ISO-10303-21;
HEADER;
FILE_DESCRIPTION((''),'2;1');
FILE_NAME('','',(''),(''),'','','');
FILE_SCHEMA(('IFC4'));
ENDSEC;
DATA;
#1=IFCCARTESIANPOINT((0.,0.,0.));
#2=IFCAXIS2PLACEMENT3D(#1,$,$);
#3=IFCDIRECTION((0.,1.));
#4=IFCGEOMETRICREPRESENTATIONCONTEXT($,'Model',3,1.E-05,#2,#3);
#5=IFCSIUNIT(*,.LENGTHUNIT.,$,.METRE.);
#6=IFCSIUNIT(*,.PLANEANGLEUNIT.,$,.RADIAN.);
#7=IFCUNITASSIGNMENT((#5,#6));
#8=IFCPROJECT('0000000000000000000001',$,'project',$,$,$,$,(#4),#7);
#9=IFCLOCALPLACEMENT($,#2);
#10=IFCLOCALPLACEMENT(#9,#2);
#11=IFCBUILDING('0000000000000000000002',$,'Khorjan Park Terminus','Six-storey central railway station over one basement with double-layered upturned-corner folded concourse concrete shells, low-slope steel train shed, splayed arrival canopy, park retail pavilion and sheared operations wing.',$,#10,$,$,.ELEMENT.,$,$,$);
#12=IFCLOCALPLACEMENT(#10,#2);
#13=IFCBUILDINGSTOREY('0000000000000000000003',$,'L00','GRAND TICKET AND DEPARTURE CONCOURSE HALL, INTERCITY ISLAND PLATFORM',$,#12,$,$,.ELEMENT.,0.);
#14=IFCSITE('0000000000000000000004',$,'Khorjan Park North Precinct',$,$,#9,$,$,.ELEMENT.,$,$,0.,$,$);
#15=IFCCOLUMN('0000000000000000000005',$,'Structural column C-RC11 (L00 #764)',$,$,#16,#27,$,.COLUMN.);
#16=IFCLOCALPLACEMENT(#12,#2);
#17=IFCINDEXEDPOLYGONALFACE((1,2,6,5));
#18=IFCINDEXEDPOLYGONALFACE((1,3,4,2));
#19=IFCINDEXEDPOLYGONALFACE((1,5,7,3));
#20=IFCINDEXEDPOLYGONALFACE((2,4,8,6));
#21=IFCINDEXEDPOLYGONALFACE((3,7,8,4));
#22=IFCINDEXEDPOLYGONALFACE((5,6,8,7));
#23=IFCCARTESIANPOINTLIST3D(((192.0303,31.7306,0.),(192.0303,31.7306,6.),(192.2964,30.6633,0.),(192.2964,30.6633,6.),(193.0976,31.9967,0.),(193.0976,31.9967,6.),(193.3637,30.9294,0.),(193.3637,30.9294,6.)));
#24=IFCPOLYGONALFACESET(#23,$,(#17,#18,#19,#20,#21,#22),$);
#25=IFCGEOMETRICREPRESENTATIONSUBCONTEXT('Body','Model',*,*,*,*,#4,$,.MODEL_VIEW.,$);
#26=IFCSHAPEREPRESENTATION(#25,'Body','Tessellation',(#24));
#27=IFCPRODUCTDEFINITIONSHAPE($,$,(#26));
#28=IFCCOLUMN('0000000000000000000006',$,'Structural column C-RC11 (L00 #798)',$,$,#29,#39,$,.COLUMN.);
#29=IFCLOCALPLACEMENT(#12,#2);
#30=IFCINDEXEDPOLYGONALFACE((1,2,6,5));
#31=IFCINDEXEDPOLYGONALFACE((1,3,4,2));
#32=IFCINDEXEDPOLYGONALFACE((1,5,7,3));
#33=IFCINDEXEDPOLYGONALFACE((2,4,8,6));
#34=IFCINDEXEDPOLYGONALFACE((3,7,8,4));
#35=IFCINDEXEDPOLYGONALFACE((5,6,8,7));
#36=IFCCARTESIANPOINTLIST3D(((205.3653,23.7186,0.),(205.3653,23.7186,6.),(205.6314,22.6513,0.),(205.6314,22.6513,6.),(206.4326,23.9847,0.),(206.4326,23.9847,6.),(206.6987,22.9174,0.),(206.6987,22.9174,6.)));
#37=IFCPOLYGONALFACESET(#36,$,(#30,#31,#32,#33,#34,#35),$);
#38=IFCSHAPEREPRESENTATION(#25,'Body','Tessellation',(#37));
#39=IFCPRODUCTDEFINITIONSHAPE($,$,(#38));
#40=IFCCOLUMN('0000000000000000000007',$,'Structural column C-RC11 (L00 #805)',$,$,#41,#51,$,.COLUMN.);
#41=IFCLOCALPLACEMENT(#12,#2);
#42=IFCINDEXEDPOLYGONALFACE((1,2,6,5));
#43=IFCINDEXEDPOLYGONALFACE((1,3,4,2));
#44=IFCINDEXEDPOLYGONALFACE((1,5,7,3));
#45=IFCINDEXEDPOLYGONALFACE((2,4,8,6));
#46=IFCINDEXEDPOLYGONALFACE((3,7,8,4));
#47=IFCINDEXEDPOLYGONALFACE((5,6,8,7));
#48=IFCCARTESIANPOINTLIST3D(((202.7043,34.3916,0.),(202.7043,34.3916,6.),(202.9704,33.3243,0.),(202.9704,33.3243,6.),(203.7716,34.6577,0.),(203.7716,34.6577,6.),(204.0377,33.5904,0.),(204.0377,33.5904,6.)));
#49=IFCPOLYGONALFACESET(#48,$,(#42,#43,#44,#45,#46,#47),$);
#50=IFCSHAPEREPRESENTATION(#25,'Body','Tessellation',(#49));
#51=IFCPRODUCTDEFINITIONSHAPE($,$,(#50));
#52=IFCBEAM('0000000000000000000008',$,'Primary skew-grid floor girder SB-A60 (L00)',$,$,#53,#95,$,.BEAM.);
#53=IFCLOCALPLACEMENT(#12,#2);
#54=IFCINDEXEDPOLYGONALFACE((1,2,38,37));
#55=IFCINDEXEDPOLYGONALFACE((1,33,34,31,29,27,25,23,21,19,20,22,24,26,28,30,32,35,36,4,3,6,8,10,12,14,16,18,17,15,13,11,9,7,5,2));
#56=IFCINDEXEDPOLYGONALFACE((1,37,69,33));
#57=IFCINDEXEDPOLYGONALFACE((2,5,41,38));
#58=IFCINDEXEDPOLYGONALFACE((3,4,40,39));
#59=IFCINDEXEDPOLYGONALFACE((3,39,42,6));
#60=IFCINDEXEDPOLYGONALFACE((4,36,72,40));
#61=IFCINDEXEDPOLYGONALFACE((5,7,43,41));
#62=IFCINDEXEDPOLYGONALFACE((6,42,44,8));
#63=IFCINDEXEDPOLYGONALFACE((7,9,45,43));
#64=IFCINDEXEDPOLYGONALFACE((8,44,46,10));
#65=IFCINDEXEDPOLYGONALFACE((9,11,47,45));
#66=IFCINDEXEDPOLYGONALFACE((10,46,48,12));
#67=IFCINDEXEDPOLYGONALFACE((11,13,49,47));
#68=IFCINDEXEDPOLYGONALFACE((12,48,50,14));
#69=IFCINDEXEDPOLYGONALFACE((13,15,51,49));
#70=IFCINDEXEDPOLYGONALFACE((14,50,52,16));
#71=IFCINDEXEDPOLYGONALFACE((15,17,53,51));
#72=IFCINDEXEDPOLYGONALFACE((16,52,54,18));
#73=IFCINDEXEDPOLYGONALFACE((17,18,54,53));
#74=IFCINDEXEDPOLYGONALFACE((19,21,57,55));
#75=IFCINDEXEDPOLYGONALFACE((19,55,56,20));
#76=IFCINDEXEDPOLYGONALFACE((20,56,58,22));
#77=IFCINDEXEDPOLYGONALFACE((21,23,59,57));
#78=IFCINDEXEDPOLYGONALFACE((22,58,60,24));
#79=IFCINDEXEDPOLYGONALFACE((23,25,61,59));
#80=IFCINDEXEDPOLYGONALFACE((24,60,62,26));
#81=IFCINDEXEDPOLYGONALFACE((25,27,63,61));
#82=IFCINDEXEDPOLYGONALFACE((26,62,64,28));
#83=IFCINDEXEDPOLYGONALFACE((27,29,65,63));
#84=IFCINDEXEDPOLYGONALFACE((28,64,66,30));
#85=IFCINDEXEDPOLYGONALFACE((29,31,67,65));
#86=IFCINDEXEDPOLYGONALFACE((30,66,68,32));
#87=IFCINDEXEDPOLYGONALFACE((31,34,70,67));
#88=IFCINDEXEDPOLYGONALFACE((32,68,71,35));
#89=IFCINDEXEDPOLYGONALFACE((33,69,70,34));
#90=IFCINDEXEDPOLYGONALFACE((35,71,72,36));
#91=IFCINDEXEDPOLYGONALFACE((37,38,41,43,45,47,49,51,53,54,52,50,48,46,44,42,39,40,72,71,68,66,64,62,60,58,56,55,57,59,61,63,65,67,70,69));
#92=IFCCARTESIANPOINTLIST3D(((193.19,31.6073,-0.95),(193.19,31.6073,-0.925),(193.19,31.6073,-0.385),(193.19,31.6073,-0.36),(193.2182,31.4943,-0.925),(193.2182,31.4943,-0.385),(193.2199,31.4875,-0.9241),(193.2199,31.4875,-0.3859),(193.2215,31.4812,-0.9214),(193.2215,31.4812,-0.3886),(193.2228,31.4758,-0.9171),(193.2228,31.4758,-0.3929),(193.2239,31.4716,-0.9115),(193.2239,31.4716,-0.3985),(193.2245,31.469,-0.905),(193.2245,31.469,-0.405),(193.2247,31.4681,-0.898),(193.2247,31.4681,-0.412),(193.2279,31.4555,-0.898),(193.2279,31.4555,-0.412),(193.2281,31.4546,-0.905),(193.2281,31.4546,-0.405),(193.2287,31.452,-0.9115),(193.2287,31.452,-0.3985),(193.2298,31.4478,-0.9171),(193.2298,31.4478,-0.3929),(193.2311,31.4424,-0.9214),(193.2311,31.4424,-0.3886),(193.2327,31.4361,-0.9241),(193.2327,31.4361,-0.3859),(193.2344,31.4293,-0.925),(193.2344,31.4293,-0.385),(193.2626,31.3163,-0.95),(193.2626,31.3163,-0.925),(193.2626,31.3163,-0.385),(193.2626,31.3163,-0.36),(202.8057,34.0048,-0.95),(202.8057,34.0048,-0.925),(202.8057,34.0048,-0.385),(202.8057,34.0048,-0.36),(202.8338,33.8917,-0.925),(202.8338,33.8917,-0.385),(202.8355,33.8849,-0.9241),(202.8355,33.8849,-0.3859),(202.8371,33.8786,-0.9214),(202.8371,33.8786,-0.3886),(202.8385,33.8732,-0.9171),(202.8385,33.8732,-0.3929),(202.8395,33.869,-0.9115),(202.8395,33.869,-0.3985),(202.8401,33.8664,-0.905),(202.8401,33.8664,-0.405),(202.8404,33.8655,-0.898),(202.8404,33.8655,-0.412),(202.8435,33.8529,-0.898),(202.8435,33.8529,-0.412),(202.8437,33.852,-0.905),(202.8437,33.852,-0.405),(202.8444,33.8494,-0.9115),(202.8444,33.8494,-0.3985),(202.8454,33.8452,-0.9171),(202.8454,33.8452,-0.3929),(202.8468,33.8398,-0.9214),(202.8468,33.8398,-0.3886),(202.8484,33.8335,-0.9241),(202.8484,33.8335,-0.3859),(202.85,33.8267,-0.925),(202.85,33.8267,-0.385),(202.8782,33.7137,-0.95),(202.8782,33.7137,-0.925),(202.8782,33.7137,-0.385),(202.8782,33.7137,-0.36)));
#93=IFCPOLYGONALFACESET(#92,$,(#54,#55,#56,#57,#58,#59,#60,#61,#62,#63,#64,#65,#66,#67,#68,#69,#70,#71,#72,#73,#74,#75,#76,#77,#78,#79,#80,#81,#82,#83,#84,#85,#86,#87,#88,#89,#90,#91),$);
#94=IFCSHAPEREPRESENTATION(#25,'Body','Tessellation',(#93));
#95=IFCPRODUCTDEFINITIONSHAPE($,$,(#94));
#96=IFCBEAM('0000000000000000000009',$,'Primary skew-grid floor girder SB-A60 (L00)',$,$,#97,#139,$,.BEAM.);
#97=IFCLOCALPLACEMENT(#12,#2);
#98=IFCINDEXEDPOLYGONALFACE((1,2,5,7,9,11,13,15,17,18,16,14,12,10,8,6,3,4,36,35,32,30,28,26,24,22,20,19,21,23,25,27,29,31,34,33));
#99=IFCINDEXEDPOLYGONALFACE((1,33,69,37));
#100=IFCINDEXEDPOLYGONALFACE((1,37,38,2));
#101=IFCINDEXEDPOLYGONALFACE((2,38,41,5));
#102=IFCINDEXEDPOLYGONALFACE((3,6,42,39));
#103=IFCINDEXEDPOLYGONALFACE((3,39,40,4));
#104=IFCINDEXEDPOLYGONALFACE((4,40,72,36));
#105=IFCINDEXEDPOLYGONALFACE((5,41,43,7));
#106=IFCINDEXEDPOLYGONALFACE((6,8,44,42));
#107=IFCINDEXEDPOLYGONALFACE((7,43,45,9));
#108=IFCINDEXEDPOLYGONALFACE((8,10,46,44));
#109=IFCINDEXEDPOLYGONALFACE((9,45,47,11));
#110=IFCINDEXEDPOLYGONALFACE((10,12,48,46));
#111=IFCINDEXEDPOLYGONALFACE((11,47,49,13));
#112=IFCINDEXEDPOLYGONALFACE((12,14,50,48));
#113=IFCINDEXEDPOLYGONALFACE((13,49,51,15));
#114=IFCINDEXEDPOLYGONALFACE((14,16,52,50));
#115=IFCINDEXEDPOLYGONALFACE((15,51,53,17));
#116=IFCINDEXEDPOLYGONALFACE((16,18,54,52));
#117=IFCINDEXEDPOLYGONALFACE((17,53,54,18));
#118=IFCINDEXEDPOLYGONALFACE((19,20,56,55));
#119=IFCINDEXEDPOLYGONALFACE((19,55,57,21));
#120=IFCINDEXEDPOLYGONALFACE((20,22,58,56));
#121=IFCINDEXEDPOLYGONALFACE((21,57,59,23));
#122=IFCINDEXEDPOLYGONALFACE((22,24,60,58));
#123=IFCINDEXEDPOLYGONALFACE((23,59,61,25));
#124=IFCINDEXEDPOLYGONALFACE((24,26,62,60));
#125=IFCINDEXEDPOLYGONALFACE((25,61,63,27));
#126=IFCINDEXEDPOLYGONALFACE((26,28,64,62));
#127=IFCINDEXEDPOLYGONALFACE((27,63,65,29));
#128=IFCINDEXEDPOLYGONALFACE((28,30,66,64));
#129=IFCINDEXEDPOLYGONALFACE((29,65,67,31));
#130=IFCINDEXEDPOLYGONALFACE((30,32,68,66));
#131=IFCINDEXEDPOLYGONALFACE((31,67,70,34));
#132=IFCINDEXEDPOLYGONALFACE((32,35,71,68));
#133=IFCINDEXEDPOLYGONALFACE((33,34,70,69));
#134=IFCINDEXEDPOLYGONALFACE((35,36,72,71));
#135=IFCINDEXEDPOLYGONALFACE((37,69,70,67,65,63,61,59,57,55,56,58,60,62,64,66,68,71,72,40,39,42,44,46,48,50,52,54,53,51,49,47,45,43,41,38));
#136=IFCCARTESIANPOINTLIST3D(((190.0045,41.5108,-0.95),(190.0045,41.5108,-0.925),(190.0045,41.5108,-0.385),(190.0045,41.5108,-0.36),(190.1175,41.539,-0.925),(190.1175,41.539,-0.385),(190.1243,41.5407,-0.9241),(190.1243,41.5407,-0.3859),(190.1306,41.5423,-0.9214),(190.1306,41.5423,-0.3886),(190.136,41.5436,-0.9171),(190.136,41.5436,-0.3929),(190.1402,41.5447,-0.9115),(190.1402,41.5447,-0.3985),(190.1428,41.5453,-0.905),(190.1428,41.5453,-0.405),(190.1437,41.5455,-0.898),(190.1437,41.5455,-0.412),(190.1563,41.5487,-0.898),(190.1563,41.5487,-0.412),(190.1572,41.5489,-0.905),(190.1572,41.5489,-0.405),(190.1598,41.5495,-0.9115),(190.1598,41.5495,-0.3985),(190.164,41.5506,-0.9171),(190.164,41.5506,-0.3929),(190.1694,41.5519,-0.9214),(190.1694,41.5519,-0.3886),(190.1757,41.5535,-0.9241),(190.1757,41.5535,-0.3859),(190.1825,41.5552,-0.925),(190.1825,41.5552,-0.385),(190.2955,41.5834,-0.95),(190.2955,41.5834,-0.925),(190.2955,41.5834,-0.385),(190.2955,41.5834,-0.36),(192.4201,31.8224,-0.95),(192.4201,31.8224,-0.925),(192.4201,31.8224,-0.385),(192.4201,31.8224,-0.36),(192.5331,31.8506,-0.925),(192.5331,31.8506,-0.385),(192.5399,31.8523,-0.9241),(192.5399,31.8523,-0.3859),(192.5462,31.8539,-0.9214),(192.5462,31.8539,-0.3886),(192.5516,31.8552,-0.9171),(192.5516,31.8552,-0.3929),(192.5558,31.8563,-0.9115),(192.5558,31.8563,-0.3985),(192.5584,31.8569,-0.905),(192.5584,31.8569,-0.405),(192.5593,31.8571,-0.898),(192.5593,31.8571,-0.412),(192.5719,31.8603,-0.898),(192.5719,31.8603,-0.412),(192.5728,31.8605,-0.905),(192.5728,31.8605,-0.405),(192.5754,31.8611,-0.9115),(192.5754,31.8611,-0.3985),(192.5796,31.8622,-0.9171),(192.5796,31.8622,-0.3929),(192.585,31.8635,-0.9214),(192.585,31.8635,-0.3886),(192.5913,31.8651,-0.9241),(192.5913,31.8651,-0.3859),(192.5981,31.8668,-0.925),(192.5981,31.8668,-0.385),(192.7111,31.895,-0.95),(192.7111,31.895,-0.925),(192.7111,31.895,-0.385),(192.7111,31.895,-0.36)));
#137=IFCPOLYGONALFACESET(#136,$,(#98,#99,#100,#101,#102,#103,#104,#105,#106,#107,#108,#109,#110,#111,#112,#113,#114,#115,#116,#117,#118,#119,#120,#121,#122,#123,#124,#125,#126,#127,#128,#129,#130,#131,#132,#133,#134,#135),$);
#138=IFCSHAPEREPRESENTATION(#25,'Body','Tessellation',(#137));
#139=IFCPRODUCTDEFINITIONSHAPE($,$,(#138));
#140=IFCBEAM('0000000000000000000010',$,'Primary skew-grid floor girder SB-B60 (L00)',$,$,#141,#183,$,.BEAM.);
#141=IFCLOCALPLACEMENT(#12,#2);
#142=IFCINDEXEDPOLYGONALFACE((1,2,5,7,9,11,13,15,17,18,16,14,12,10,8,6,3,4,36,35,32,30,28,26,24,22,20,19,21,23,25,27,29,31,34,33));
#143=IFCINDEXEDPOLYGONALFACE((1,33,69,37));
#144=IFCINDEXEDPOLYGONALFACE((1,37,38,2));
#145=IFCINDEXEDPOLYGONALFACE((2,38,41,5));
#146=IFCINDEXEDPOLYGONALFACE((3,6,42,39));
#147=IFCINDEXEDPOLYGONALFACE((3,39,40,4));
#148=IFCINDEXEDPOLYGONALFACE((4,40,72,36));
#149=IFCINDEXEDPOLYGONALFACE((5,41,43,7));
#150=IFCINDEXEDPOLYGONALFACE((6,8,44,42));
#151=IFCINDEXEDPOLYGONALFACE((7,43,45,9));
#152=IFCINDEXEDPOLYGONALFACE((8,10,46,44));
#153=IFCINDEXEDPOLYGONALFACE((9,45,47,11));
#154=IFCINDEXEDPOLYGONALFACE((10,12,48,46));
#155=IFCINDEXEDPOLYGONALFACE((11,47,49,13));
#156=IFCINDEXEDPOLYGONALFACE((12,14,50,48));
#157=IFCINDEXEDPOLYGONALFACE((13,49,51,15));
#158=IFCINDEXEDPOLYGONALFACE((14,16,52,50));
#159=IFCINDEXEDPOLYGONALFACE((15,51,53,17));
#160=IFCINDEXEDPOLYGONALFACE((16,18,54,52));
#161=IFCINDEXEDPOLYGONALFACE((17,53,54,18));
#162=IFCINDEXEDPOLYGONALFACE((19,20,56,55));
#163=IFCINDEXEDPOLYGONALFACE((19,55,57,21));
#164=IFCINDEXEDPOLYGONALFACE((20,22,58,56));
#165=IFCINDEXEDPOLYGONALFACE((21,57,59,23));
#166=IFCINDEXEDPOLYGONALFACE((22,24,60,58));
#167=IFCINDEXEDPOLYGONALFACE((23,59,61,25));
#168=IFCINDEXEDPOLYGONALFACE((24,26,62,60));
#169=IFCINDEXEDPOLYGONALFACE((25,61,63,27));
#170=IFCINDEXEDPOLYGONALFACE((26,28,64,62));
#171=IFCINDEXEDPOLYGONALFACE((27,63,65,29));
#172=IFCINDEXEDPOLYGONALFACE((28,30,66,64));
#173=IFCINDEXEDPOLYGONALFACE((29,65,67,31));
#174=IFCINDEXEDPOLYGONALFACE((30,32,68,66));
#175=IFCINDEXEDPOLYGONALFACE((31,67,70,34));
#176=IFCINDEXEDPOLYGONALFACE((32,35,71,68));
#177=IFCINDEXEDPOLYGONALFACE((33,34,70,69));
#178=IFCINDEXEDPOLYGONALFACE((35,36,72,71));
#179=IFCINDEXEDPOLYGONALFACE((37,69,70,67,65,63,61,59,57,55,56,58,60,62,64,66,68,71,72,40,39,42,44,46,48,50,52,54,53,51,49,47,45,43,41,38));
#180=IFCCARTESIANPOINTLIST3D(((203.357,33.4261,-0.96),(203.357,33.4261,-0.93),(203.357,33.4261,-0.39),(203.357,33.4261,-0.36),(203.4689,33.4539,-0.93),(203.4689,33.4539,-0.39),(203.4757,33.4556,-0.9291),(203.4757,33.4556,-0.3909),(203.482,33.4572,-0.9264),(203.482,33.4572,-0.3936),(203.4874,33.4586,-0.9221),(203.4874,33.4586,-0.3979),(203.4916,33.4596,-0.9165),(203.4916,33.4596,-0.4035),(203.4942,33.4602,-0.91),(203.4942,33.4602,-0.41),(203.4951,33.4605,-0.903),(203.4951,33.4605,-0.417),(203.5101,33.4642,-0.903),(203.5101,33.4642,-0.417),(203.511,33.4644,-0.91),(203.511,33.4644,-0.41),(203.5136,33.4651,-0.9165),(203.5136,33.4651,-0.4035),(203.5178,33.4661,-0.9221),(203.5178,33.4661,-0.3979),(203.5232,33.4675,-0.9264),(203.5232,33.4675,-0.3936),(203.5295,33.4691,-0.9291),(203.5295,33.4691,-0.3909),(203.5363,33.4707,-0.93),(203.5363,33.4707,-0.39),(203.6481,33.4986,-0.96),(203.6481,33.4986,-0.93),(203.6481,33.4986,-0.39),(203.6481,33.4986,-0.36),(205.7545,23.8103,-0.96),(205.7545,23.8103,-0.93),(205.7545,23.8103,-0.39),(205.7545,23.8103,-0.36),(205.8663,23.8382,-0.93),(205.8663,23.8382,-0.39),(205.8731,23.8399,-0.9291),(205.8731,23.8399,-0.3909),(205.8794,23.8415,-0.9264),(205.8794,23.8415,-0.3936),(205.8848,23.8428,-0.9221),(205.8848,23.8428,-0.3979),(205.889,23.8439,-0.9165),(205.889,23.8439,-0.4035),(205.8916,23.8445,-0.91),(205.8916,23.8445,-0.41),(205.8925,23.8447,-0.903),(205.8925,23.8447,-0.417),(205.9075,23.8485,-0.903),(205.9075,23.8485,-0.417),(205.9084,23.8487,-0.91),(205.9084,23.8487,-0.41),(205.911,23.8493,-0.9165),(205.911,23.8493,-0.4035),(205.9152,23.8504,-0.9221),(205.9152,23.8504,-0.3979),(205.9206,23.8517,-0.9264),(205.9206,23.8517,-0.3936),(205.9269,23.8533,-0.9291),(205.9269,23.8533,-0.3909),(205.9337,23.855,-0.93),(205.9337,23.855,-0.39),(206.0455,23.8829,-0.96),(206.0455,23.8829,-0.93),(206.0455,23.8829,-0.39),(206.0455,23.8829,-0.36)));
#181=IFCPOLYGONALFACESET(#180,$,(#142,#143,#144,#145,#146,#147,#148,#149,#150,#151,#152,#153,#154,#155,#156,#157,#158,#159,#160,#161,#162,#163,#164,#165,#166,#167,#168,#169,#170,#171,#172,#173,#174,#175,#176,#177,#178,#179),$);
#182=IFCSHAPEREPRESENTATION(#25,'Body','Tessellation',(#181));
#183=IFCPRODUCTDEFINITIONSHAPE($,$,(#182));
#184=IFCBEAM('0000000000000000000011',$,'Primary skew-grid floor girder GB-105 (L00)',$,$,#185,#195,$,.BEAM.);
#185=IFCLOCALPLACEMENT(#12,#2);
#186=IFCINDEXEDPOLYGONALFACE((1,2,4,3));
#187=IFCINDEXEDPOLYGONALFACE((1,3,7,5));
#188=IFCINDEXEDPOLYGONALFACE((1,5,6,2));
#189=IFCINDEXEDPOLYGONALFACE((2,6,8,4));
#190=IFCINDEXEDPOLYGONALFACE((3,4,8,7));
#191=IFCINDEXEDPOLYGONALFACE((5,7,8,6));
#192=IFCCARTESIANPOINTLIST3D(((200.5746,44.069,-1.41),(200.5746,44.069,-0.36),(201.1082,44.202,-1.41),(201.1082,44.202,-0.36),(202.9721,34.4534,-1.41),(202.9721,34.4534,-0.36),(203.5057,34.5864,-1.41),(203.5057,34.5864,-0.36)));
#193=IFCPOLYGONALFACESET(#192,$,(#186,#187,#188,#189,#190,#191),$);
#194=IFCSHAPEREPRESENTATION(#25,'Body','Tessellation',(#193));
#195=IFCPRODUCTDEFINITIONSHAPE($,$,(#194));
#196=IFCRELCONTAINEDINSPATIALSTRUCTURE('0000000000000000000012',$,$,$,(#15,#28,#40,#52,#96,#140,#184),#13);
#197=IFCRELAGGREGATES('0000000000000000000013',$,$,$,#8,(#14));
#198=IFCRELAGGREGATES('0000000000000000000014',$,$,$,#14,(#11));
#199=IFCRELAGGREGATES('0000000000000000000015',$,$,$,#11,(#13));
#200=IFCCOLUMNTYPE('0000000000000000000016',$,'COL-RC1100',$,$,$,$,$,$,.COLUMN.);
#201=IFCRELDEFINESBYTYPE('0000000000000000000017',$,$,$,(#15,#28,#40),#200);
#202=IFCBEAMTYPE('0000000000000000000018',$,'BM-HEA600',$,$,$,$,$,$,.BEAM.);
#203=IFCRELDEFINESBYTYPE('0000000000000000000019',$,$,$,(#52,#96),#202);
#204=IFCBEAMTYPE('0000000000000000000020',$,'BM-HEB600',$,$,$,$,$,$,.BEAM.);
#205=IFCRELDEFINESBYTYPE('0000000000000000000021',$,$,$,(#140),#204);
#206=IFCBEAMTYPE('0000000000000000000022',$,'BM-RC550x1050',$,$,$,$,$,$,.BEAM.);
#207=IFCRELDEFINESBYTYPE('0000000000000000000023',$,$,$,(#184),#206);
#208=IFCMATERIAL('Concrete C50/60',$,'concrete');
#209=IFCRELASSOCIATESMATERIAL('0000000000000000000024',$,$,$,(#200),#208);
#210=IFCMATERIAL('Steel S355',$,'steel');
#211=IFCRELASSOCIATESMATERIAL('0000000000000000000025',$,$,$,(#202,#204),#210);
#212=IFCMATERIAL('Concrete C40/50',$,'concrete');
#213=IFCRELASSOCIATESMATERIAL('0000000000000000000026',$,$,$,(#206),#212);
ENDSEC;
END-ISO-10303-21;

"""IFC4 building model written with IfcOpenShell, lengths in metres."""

from ifc_helpers import new_model, si_unit, direction, frame, origin, origin_2d, place, context, subcontext, project, spatial, rectangle, i_section, extrude, material, material_profile, profile_set, type_object, element, save


model = new_model("IFC4")

# Units and contexts
model_context = context("Model", 3, precision=1e-05, world=origin(), true_north=direction((0.0, 1.0)))
body_context = subcontext(model_context, "Body", "Model", "MODEL_VIEW")
ifc_project = project(units=[si_unit("LENGTHUNIT", "METRE"), si_unit("PLANEANGLEUNIT", "RADIAN")], contexts=[model_context])

# Site, building, storey
site_placement = place(None, origin())
site = spatial("IfcSite", under=ifc_project, at=site_placement, Name="Khorjan Park North Precinct", CompositionType="ELEMENT", RefElevation=0.0)
building_placement = place(site_placement, origin())
building = spatial("IfcBuilding", under=site, at=building_placement, Name="Khorjan Park Terminus", Description="Six-storey central railway station over one basement with double-layered upturned-corner folded concourse concrete shells, low-slope steel train shed, splayed arrival canopy, park retail pavilion and sheared operations wing.", CompositionType="ELEMENT")
storey_placement = place(building_placement, origin())
storey = spatial("IfcBuildingStorey", under=building, at=storey_placement, Name="L00", Description="GRAND TICKET AND DEPARTURE CONCOURSE HALL, INTERCITY ISLAND PLATFORM", CompositionType="ELEMENT", Elevation=0.0)

# Columns
ifc_material_1 = material(Name="Concrete C50/60", Category="concrete")
ifc_material_profile_1 = material_profile(ifc_material_1, rectangle(XDim=1.1, YDim=1.1, at=origin_2d()), Name="RC 1100x1100")
ifc_profile_set_1 = profile_set([ifc_material_profile_1], Name="Concrete C50/60")
column_type = type_object("IfcColumnType", Name="COL-RC1100", PredefinedType="COLUMN", material=ifc_profile_set_1)
for number, where, z_axis, x_axis, name in (
    (1, (192.697, 31.33, 0.0), (0.0, 0.0, 1.0), (0.970296, 0.241922, 0.0), "Structural column C-RC11 (L00 #764)"),
    (2, (206.032, 23.318, 0.0), (0.0, 0.0, 1.0), (0.970296, 0.241922, 0.0), "Structural column C-RC11 (L00 #798)"),
    (3, (203.371, 33.991, 0.0), (0.0, 0.0, 1.0), (0.970296, 0.241922, 0.0), "Structural column C-RC11 (L00 #805)"),
):
    element("IfcColumn", number, at=place(storey_placement, frame(where, z_axis=z_axis, x_axis=x_axis)), inside=storey, type_object=column_type, Name=name, PredefinedType="COLUMN", context=body_context, shape_type="SweptSolid", body=[
        extrude(rectangle(XDim=1.1, YDim=1.1, at=origin_2d()), origin(), (0.0, 0.0, 1.0), 6.0),
    ])

# Beams
ifc_material_2 = material(Name="Steel S355", Category="steel")
ifc_material_profile_2 = material_profile(ifc_material_2, i_section(OverallWidth=0.3, OverallDepth=0.59, WebThickness=0.013, FlangeThickness=0.025, FilletRadius=0.027, at=origin_2d()), Name="HEA 600")
ifc_profile_set_2 = profile_set([ifc_material_profile_2], Name="Steel S355")
beam_type_1 = type_object("IfcBeamType", Name="BM-HEA600", PredefinedType="BEAM", material=ifc_profile_set_2)
beam_1_placement = place(storey_placement, frame((193.2263, 31.4618, -0.655), z_axis=(0.970297, 0.241918, 0.0), x_axis=(-0.241918, 0.970297, 0.0)))
element("IfcBeam", 4, at=beam_1_placement, inside=storey, type_object=beam_type_1, Name="Primary skew-grid floor girder SB-A60 (L00)", PredefinedType="BEAM", context=body_context, shape_type="SweptSolid", body=[
    extrude(i_section(OverallWidth=0.3, OverallDepth=0.59, WebThickness=0.013, FlangeThickness=0.025, FilletRadius=0.027, at=origin_2d()), origin(), (0.0, 0.0, 1.0), 9.91),
])
beam_2_placement = place(storey_placement, frame((192.5656, 31.8587, -0.655), z_axis=(-0.241923, 0.970295, 0.0), x_axis=(-0.970295, -0.241923, 0.0)))
element("IfcBeam", 5, at=beam_2_placement, inside=storey, type_object=beam_type_1, Name="Primary skew-grid floor girder SB-A60 (L00)", PredefinedType="BEAM", context=body_context, shape_type="SweptSolid", body=[
    extrude(i_section(OverallWidth=0.3, OverallDepth=0.59, WebThickness=0.013, FlangeThickness=0.025, FilletRadius=0.027, at=origin_2d()), origin(), (0.0, 0.0, 1.0), 9.985),
])
ifc_material_profile_3 = material_profile(ifc_material_2, i_section(OverallWidth=0.3, OverallDepth=0.6, WebThickness=0.0155, FlangeThickness=0.03, FilletRadius=0.027, at=origin_2d()), Name="HEB 600")
ifc_profile_set_3 = profile_set([ifc_material_profile_3], Name="Steel S355")
beam_type_2 = type_object("IfcBeamType", Name="BM-HEB600", PredefinedType="BEAM", material=ifc_profile_set_3)
beam_3_placement = place(storey_placement, frame((205.9, 23.8466, -0.66), z_axis=(-0.241916, 0.970297, 0.0), x_axis=(-0.970297, -0.241916, 0.0)))
element("IfcBeam", 6, at=beam_3_placement, inside=storey, type_object=beam_type_2, Name="Primary skew-grid floor girder SB-B60 (L00)", PredefinedType="BEAM", context=body_context, shape_type="SweptSolid", body=[
    extrude(i_section(OverallWidth=0.3, OverallDepth=0.6, WebThickness=0.0155, FlangeThickness=0.03, FilletRadius=0.027, at=origin_2d()), origin(), (0.0, 0.0, 1.0), 9.9101),
])
ifc_material_3 = material(Name="Concrete C40/50", Category="concrete")
ifc_material_profile_4 = material_profile(ifc_material_3, rectangle(XDim=0.55, YDim=1.05, at=origin_2d()), Name="RC 550x1050")
ifc_profile_set_4 = profile_set([ifc_material_profile_4], Name="Concrete C40/50")
beam_type_3 = type_object("IfcBeamType", Name="BM-RC550x1050", PredefinedType="BEAM", material=ifc_profile_set_4)
beam_4_placement = place(storey_placement, frame((203.2389, 34.5199, -0.885), z_axis=(-0.241928, 0.970294, 0.0), x_axis=(-0.970294, -0.241928, 0.0)))
element("IfcBeam", 7, at=beam_4_placement, inside=storey, type_object=beam_type_3, Name="Primary skew-grid floor girder GB-105 (L00)", PredefinedType="BEAM", context=body_context, shape_type="SweptSolid", body=[
    extrude(rectangle(XDim=0.55, YDim=1.05, at=origin_2d()), origin(), (0.0, 0.0, 1.0), 9.91),
])

save(model, "model.ifc")
